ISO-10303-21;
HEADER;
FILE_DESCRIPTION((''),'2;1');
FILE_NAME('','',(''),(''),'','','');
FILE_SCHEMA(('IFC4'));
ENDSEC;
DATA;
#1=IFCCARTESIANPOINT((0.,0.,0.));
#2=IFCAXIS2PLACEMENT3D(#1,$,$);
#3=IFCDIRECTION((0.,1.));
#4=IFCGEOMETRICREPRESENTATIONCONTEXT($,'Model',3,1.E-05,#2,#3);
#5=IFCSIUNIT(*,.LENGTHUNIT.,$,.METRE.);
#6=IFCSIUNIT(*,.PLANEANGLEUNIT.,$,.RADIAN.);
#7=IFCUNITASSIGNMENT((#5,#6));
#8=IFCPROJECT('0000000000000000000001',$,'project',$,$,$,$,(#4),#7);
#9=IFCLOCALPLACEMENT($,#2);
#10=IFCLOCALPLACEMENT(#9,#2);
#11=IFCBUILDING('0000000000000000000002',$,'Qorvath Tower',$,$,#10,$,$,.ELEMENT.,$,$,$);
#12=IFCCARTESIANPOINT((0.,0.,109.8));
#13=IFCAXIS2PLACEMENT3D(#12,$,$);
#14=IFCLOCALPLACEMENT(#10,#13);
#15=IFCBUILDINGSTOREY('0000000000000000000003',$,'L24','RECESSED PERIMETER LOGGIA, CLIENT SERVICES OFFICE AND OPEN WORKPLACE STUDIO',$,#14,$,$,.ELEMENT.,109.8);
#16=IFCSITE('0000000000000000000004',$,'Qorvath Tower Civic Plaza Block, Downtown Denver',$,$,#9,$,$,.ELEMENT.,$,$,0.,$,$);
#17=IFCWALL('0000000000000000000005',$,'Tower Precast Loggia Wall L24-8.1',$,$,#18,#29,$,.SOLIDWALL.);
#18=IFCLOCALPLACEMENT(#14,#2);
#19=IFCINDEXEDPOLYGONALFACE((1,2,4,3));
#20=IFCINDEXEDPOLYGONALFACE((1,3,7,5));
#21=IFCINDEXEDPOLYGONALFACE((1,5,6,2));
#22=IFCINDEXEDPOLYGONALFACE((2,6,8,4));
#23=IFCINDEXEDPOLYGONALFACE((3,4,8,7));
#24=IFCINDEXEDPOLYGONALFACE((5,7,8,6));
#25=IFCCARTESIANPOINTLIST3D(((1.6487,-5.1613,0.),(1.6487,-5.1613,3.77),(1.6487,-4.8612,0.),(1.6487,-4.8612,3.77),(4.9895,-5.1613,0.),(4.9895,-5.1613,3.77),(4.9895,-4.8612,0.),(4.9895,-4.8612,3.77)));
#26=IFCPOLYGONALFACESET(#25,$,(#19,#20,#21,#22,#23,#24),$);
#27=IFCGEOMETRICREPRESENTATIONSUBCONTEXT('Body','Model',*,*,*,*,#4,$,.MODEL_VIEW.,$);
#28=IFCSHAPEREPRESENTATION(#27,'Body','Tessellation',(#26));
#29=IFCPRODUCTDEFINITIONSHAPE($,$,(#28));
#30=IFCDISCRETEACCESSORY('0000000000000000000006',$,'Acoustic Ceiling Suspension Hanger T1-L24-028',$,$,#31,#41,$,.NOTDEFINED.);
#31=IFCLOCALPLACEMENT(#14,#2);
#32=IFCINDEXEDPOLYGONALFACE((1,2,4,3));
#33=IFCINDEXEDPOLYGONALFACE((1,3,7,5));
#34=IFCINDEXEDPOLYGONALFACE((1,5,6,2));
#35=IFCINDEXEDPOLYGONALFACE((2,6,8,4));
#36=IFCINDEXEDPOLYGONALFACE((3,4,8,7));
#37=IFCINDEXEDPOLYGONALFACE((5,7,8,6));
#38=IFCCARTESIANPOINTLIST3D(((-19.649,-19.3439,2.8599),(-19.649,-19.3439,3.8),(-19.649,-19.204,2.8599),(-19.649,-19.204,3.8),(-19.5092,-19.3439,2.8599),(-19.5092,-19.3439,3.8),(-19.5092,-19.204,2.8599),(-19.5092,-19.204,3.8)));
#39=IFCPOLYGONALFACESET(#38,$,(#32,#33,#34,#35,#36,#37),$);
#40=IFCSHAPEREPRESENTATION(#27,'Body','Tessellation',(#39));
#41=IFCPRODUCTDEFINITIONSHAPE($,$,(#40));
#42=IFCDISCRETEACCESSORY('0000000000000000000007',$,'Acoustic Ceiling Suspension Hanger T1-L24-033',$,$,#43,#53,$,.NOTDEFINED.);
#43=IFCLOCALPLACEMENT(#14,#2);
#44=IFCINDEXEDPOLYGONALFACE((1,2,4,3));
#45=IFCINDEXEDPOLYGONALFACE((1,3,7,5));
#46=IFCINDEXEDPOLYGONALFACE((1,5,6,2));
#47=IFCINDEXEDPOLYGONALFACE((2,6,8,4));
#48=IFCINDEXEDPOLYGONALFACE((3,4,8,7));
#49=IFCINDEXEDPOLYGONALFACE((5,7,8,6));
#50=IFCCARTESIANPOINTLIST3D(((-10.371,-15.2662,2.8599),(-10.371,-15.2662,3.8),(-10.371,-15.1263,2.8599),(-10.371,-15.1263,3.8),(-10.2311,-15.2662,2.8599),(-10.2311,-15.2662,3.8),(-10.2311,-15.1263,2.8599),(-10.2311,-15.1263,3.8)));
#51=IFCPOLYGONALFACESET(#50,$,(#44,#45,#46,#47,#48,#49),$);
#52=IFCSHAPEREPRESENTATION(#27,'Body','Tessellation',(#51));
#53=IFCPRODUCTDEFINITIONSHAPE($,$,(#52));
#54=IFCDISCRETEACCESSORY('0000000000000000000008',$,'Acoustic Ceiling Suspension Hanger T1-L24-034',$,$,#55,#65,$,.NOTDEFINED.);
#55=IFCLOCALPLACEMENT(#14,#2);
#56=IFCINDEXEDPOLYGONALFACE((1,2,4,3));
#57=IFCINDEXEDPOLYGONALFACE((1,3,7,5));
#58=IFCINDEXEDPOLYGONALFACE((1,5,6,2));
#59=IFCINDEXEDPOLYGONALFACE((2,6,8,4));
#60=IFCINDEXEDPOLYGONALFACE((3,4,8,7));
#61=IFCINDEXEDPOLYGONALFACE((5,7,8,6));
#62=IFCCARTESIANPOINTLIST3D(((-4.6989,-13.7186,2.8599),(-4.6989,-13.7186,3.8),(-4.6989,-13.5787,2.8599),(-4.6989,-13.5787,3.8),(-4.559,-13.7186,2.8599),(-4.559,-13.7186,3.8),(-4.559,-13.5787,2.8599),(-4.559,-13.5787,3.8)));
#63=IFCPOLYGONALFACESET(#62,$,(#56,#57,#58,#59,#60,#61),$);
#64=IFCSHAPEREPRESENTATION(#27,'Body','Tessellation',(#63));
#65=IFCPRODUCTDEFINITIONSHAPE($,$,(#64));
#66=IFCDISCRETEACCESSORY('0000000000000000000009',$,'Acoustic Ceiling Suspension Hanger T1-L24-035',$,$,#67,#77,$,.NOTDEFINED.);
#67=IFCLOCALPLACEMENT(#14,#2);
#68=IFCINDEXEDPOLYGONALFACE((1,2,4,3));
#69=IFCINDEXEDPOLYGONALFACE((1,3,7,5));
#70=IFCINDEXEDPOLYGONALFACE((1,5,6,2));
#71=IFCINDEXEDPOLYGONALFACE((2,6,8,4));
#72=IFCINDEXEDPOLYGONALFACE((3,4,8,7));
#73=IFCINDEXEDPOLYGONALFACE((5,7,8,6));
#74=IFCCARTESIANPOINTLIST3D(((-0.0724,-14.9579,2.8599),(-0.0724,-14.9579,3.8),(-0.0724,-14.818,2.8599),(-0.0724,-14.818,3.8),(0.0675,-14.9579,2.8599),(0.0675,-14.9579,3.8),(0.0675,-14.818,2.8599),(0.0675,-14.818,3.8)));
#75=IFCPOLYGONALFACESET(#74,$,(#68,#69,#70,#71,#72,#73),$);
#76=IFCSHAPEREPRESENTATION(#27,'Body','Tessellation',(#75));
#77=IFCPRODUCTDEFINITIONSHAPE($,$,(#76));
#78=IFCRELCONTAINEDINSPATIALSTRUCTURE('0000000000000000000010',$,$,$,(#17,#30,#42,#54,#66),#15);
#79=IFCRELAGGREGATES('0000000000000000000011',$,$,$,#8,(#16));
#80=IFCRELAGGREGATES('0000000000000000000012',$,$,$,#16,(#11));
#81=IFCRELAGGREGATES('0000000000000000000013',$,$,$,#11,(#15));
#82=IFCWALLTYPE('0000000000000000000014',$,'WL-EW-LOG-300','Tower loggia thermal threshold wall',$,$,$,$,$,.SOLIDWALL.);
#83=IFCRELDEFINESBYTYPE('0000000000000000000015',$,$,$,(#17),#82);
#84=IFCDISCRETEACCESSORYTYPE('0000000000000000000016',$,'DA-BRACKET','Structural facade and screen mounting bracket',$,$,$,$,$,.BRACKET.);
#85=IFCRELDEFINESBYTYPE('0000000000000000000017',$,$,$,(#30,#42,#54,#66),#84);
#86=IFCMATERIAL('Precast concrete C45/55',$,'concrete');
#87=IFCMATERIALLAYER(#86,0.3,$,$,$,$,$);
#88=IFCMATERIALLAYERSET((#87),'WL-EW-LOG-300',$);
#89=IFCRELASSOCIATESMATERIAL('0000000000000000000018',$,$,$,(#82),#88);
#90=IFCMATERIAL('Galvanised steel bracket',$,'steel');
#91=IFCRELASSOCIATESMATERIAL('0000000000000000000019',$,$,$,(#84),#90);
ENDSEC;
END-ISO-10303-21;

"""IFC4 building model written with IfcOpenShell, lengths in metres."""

from ifc_helpers import new_model, si_unit, direction, frame, frame_2d, origin, origin_2d, place, context, subcontext, project, spatial, rectangle, extrude, material, layer, layer_set, type_object, element, save


model = new_model("IFC4")

# Units and contexts
model_context = context("Model", 3, precision=1e-05, world=origin(), true_north=direction((0.0, 1.0)))
body_context = subcontext(model_context, "Body", "Model", "MODEL_VIEW")
ifc_project = project(units=[si_unit("LENGTHUNIT", "METRE"), si_unit("PLANEANGLEUNIT", "RADIAN")], contexts=[model_context])

# Site, building, storey
site_placement = place(None, origin())
site = spatial("IfcSite", under=ifc_project, at=site_placement, Name="Qorvath Tower Civic Plaza Block, Downtown Denver", CompositionType="ELEMENT", RefElevation=0.0)
building_placement = place(site_placement, origin())
building = spatial("IfcBuilding", under=site, at=building_placement, Name="Qorvath Tower", CompositionType="ELEMENT")
storey_placement = place(building_placement, frame((0.0, 0.0, 109.8)))
storey = spatial("IfcBuildingStorey", under=building, at=storey_placement, Name="L24", Description="RECESSED PERIMETER LOGGIA, CLIENT SERVICES OFFICE AND OPEN WORKPLACE STUDIO", CompositionType="ELEMENT", Elevation=109.8)

# Wall
ifc_material_1 = material(Name="Precast concrete C45/55", Category="concrete")
ifc_layer_1 = layer(ifc_material_1, 0.3)
ifc_layer_set_1 = layer_set([ifc_layer_1], Name="WL-EW-LOG-300")
wall_type_1 = type_object("IfcWallType", Name="WL-EW-LOG-300", Description="Tower loggia thermal threshold wall", PredefinedType="SOLIDWALL", material=ifc_layer_set_1)
wall_1_placement = place(storey_placement, frame((4.9895, -5.0112, 0.0), z_axis=(0.0, 0.0, 1.0), x_axis=(-1.0, 0.0, 0.0)))
element("IfcWall", 1, at=wall_1_placement, inside=storey, type_object=wall_type_1, Name="Tower Precast Loggia Wall L24-8.1", PredefinedType="SOLIDWALL", context=body_context, shape_type="SweptSolid", body=[
    extrude(rectangle(XDim=3.3408, YDim=0.3, at=frame_2d((1.6704, 0.0))), origin(), (0.0, 0.0, 1.0), 3.77),
])

# Discrete accessories
ifc_material_2 = material(Name="Galvanised steel bracket", Category="steel")
discrete_accessory_type = type_object("IfcDiscreteAccessoryType", Name="DA-BRACKET", Description="Structural facade and screen mounting bracket", PredefinedType="BRACKET", material=ifc_material_2)
for number, where, z_axis, x_axis, name in (
    (2, (-19.5791, -19.2739, 2.8599), (0.0, 0.0, 1.0), (1.0, 0.0, 0.0), "Acoustic Ceiling Suspension Hanger T1-L24-028"),
    (3, (-10.301, -15.1963, 2.8599), (0.0, 0.0, 1.0), (1.0, 0.0, 0.0), "Acoustic Ceiling Suspension Hanger T1-L24-033"),
    (4, (-4.6289, -13.6487, 2.8599), (0.0, 0.0, 1.0), (1.0, 0.0, 0.0), "Acoustic Ceiling Suspension Hanger T1-L24-034"),
    (5, (-0.0024, -14.8879, 2.8599), (0.0, 0.0, 1.0), (1.0, 0.0, 0.0), "Acoustic Ceiling Suspension Hanger T1-L24-035"),
):
    element("IfcDiscreteAccessory", number, at=place(storey_placement, frame(where, z_axis=z_axis, x_axis=x_axis)), inside=storey, type_object=discrete_accessory_type, Name=name, PredefinedType="NOTDEFINED", context=body_context, shape_type="SweptSolid", body=[
        extrude(rectangle(XDim=0.1399, YDim=0.1399, at=origin_2d()), origin(), (0.0, 0.0, 1.0), 0.9402),
    ])

save(model, "model.ifc")
